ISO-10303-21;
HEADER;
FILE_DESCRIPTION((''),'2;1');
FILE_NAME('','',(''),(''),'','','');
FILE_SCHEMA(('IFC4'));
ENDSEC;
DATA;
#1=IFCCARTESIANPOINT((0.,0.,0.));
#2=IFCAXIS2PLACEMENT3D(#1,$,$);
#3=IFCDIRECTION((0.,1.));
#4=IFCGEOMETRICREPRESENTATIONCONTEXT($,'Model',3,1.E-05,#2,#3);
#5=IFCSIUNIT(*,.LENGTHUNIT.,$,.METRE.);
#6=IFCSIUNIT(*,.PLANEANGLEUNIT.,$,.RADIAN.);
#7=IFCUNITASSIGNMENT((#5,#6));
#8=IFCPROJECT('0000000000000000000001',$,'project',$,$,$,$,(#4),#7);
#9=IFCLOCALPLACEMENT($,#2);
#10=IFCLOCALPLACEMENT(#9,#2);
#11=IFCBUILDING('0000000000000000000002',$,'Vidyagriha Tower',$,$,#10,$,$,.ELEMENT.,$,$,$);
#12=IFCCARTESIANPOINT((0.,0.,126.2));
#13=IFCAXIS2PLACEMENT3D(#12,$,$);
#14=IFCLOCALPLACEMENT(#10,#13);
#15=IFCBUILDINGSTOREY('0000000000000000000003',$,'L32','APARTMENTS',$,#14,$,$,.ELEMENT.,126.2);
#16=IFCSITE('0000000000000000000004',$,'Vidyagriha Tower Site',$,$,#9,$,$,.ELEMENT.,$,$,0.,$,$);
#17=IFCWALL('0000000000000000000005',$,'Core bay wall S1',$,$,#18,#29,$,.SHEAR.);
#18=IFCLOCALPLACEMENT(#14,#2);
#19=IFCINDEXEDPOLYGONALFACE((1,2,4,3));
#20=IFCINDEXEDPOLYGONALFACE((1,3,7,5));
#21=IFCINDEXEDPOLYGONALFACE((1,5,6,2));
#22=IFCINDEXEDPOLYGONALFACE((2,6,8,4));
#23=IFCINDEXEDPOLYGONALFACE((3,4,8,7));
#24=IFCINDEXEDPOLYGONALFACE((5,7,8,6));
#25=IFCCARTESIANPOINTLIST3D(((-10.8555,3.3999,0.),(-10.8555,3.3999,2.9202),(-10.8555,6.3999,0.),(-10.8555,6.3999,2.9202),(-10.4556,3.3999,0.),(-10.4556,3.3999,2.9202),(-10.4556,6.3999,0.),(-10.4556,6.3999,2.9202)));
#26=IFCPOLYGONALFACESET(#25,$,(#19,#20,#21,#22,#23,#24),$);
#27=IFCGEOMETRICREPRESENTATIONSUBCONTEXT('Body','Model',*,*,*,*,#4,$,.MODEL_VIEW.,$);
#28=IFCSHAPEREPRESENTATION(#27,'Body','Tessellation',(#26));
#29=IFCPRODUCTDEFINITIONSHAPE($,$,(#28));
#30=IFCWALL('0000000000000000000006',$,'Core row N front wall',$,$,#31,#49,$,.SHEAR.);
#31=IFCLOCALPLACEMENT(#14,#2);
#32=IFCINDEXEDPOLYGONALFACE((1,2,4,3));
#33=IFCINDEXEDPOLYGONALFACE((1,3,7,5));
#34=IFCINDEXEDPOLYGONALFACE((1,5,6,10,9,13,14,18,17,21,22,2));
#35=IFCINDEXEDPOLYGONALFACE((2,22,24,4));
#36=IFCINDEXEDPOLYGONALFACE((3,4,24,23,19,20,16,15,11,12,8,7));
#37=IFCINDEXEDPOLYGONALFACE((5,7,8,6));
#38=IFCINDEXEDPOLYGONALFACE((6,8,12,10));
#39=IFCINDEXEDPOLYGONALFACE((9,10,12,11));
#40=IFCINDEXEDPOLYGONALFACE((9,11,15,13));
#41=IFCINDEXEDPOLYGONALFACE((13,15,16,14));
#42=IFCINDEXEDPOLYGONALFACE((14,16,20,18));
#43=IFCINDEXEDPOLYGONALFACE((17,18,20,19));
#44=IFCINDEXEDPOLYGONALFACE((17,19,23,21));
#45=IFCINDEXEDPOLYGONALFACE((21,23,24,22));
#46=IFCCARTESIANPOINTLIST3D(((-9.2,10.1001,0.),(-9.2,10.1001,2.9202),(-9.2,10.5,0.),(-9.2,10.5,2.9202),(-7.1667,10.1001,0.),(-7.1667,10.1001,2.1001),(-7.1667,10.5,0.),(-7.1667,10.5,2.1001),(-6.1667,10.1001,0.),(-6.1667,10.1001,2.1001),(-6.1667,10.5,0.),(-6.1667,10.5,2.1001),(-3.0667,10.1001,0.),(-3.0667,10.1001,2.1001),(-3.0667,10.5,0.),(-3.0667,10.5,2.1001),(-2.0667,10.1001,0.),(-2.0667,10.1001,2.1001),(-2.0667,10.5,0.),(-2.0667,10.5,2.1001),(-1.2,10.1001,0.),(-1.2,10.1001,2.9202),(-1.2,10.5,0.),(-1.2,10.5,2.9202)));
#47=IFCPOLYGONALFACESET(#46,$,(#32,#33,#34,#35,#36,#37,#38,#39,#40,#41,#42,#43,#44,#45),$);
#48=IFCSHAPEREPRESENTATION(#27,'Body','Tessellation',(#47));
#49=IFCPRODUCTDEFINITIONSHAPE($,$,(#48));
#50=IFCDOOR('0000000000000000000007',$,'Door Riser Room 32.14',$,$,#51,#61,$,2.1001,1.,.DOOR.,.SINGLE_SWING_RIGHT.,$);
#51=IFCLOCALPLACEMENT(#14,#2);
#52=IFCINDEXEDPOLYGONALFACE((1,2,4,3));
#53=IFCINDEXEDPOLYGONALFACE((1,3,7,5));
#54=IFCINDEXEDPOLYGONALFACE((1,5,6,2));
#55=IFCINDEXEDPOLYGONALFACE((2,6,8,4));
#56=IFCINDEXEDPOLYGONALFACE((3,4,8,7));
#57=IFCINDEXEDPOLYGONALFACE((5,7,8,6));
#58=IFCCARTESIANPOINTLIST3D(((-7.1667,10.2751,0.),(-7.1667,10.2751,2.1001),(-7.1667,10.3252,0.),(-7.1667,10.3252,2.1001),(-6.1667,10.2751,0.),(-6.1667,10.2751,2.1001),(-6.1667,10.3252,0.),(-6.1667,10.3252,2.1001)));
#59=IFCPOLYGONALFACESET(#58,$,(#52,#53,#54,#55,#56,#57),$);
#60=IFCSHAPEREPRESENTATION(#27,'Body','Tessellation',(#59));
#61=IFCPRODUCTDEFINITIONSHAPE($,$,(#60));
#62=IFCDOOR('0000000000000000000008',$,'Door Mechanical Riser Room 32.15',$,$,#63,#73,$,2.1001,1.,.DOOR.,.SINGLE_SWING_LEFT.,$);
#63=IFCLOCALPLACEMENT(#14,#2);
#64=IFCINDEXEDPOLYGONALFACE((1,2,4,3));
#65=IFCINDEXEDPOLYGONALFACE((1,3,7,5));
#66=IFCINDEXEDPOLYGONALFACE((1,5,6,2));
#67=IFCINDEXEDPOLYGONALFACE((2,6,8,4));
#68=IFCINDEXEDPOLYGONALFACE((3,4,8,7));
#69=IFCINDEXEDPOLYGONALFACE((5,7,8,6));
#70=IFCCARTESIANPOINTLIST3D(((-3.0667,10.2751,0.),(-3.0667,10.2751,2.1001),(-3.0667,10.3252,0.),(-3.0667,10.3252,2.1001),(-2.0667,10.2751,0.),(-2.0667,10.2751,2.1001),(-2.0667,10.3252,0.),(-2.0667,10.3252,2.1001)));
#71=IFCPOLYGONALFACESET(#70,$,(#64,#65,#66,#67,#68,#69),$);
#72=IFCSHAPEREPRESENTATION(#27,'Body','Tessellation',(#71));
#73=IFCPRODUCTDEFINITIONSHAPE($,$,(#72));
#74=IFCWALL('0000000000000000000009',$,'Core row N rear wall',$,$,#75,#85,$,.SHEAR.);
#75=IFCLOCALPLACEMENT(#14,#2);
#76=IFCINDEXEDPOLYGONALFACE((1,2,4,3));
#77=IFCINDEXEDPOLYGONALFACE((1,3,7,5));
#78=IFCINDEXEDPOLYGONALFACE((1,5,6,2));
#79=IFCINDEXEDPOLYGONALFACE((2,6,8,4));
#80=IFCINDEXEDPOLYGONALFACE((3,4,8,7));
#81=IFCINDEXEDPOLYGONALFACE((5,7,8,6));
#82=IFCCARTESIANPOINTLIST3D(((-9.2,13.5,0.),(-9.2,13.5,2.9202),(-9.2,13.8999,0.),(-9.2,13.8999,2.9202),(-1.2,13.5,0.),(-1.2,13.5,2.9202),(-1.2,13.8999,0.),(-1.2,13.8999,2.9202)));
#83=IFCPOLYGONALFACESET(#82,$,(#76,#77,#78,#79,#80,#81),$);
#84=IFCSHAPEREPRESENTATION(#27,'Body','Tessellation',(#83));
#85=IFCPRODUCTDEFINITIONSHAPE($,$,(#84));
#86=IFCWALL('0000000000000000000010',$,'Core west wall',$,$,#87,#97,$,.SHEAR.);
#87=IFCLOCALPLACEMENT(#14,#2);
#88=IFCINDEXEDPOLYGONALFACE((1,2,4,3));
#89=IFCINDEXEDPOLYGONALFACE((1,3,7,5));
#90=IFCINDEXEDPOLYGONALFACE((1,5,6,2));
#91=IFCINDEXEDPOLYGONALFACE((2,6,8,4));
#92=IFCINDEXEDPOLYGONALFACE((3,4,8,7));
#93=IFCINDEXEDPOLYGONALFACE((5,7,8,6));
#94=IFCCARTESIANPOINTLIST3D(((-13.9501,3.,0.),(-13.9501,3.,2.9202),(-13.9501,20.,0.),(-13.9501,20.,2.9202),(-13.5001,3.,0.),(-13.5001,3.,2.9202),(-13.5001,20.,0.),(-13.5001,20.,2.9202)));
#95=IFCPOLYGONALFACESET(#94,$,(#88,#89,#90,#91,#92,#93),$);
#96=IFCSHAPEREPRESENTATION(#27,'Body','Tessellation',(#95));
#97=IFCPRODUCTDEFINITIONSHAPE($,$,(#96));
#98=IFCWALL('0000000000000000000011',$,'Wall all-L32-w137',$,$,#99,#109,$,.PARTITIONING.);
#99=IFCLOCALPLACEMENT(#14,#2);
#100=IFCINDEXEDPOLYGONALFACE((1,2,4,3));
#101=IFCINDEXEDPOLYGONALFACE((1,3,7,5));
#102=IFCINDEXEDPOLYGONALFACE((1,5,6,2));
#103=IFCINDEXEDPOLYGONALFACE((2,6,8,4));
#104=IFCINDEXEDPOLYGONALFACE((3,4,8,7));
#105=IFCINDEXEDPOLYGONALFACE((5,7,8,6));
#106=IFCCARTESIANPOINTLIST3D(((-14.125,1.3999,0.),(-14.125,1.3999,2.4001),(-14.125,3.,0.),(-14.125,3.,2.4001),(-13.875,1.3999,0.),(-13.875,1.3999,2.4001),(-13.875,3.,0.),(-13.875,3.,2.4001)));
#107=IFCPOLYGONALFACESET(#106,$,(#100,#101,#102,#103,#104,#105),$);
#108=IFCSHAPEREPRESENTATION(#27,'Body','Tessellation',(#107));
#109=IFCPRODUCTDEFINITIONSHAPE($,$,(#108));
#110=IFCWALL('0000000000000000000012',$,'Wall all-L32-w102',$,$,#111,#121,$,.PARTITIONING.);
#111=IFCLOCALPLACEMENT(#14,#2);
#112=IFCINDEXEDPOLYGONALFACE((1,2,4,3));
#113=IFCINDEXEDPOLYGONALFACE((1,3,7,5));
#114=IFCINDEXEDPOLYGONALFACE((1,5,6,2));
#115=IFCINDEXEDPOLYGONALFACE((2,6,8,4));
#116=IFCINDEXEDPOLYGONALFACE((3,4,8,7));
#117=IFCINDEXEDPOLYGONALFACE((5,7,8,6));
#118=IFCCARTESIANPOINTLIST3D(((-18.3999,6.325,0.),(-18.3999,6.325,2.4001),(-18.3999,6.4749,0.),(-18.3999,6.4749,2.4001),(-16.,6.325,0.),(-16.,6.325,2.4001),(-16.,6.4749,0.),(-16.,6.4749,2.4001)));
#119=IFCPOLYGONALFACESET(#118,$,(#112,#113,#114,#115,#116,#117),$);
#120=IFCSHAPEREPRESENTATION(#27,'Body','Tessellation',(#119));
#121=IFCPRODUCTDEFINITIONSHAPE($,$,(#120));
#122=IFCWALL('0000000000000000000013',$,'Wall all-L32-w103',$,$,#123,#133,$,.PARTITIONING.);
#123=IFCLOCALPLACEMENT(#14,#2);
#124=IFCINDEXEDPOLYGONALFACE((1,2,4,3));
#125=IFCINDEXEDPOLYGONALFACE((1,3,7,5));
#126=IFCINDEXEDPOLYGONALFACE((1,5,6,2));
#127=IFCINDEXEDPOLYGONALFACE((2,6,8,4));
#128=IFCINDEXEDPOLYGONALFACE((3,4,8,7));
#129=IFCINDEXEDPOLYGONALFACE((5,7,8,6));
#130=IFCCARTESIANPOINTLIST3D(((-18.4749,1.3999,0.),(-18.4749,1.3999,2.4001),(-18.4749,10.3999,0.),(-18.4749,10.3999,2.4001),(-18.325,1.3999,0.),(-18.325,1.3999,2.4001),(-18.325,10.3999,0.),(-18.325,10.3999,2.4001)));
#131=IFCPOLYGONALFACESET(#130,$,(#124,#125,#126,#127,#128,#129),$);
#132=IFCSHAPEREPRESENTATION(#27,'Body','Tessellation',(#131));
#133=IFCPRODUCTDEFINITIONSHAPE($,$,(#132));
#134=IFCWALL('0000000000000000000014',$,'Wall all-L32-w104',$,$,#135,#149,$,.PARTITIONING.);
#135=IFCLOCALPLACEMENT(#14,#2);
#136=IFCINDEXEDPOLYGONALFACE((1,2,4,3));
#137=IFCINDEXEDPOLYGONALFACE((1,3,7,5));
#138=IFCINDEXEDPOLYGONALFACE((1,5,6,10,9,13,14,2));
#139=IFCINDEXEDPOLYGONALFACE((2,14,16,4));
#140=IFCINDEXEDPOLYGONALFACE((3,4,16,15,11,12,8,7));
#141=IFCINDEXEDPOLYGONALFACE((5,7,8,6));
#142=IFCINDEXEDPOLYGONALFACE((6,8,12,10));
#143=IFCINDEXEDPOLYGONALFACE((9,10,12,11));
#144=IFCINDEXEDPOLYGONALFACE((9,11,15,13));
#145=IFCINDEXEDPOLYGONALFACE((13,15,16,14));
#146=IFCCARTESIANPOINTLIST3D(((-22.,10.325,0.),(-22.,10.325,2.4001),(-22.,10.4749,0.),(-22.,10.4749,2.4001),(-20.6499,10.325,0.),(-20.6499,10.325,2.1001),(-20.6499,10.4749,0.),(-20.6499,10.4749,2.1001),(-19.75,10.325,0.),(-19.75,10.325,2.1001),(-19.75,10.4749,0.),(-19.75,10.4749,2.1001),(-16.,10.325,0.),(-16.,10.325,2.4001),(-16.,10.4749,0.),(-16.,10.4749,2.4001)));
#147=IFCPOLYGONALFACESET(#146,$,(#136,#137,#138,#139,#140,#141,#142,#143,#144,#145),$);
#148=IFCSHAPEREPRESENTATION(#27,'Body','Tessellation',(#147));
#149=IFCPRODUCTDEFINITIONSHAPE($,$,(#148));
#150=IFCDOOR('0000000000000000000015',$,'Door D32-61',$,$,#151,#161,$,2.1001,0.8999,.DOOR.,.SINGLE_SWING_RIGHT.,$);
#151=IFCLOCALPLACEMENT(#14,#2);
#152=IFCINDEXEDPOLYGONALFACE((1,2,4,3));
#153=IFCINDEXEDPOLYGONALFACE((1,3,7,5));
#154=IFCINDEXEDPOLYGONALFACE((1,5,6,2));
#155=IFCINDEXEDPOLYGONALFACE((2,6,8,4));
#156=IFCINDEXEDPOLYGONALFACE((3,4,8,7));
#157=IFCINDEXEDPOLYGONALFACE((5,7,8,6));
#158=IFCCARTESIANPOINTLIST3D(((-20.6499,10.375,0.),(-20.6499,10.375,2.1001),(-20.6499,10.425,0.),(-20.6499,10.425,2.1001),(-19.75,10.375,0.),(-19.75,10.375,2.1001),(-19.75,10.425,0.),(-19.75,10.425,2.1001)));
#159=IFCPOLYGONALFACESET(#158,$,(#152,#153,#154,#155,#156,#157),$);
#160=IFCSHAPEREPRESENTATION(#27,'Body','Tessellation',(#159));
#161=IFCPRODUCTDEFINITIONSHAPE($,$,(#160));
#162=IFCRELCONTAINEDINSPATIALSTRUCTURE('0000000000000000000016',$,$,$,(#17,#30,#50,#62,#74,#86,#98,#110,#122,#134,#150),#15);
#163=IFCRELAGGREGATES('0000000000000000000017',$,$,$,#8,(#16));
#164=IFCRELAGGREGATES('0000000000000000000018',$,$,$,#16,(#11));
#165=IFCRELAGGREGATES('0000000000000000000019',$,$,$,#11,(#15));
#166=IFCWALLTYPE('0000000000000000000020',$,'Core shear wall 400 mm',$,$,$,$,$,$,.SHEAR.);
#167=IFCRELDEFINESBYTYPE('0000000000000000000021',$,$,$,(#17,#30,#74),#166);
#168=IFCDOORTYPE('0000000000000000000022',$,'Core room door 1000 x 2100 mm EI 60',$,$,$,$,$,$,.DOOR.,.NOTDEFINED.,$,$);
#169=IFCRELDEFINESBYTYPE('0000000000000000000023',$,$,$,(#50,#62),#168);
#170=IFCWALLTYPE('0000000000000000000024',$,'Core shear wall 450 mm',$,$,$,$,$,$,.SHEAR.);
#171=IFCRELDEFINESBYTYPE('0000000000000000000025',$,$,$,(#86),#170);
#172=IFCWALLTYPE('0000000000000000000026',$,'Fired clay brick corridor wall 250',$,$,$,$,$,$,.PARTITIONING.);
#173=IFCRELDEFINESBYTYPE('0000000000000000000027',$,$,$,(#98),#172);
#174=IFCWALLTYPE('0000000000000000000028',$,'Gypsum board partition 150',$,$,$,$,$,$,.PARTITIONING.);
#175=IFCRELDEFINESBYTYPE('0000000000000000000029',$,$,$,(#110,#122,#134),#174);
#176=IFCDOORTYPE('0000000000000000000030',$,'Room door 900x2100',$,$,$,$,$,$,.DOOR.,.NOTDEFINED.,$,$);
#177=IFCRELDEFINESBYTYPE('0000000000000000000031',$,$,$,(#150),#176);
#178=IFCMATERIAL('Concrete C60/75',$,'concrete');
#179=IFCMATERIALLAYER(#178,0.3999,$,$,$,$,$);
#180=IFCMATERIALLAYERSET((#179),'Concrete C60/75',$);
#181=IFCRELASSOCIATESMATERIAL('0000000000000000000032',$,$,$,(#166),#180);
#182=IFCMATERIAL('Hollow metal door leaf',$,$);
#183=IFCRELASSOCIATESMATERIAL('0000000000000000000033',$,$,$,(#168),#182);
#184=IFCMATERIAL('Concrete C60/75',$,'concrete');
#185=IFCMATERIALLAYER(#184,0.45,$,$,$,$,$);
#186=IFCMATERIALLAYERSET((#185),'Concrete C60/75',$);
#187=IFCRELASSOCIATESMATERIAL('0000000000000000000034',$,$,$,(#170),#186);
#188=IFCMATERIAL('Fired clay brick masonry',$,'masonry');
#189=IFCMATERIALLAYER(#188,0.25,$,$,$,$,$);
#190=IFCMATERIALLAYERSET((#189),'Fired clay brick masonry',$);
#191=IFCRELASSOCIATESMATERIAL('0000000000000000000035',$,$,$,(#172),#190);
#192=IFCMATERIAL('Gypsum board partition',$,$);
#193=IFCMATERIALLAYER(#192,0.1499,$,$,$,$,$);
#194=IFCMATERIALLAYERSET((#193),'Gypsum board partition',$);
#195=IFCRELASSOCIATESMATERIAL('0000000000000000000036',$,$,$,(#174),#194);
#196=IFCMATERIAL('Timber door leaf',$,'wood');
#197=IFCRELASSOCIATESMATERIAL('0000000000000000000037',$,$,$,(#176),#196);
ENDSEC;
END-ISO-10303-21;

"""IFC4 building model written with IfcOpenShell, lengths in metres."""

from ifc_helpers import new_model, si_unit, direction, frame, frame_2d, origin, place, context, subcontext, project, spatial, rectangle, extrude, material, layer, layer_set, type_object, element, fill, save


model = new_model("IFC4")

# Units and contexts
model_context = context("Model", 3, precision=1e-05, world=origin(), true_north=direction((0.0, 1.0)))
body_context = subcontext(model_context, "Body", "Model", "MODEL_VIEW")
ifc_project = project(units=[si_unit("LENGTHUNIT", "METRE"), si_unit("PLANEANGLEUNIT", "RADIAN")], contexts=[model_context])

# Site, building, storey
site_placement = place(None, origin())
site = spatial("IfcSite", under=ifc_project, at=site_placement, Name="Vidyagriha Tower Site", CompositionType="ELEMENT", RefElevation=0.0)
building_placement = place(site_placement, origin())
building = spatial("IfcBuilding", under=site, at=building_placement, Name="Vidyagriha Tower", CompositionType="ELEMENT")
storey_placement = place(building_placement, frame((0.0, 0.0, 126.2)))
storey = spatial("IfcBuildingStorey", under=building, at=storey_placement, Name="L32", Description="APARTMENTS", CompositionType="ELEMENT", Elevation=126.2)

# Shared definitions
ifc_material_1 = material(Name="Concrete C60/75", Category="concrete")
ifc_layer_1 = layer(ifc_material_1, 0.3999)
ifc_layer_set_1 = layer_set([ifc_layer_1], Name="Concrete C60/75")
wall_type_1 = type_object("IfcWallType", Name="Core shear wall 400 mm", PredefinedType="SHEAR", material=ifc_layer_set_1)
ifc_material_2 = material(Name="Hollow metal door leaf")
door_type_1 = type_object("IfcDoorType", Name="Core room door 1000 x 2100 mm EI 60", OperationType="NOTDEFINED", PredefinedType="DOOR", material=ifc_material_2)

# Wall
wall_1_placement = place(storey_placement, frame((-10.6555, 3.3999, 0.0), z_axis=(0.0, 0.0, 1.0), x_axis=(0.0, 1.0, 0.0)))
element("IfcWall", 1, at=wall_1_placement, inside=storey, type_object=wall_type_1, Name="Core bay wall S1", PredefinedType="SHEAR", context=body_context, shape_type="SweptSolid", body=[
    extrude(rectangle(XDim=3.0, YDim=0.3999, at=frame_2d((1.5, 0.0))), origin(), (0.0, 0.0, 1.0), 2.9202),
])

# Wall, openings, doors
wall_2_placement = place(storey_placement, frame((-9.2, 10.3, 0.0)))
wall_2 = element("IfcWall", 2, at=wall_2_placement, inside=storey, type_object=wall_type_1, Name="Core row N front wall", PredefinedType="SHEAR", context=body_context, shape_type="SweptSolid", body=[
    extrude(rectangle(XDim=8.0, YDim=0.3999, at=frame_2d((4.0, 0.0))), origin(), (0.0, 0.0, 1.0), 2.9202),
])
opening_1_placement = place(wall_2_placement, frame((2.0332, 0.0, 0.0)))
opening_1 = element("IfcOpeningElement", 3, at=opening_1_placement, cuts=wall_2, PredefinedType="OPENING", context=body_context, shape_type="SweptSolid", body=[
    extrude(rectangle(XDim=1.0, YDim=2.1001, at=frame_2d((0.5, 1.05))), frame((0.0, 0.21, 0.0), z_axis=(0.0, -1.0, 0.0), x_axis=(1.0, 0.0, 0.0)), (0.0, 0.0, 1.0), 0.4199),
])
opening_2_placement = place(wall_2_placement, frame((6.1333, 0.0, 0.0)))
opening_2 = element("IfcOpeningElement", 4, at=opening_2_placement, cuts=wall_2, PredefinedType="OPENING", context=body_context, shape_type="SweptSolid", body=[
    extrude(rectangle(XDim=1.0, YDim=2.1001, at=frame_2d((0.5, 1.05))), frame((0.0, 0.21, 0.0), z_axis=(0.0, -1.0, 0.0), x_axis=(1.0, 0.0, 0.0)), (0.0, 0.0, 1.0), 0.4199),
])
door_1_placement = place(opening_1_placement, frame((1.0, 0.0, 0.0), z_axis=(0.0, 0.0, 1.0), x_axis=(-1.0, 0.0, 0.0)))
door_1 = element("IfcDoor", 5, at=door_1_placement, inside=storey, type_object=door_type_1, Name="Door Riser Room 32.14", OperationType="SINGLE_SWING_RIGHT", OverallHeight=2.1001, OverallWidth=1.0, PredefinedType="DOOR", context=body_context, shape_type="SweptSolid", body=[
    extrude(rectangle(XDim=1.0, YDim=2.1001, at=frame_2d((0.5, 1.05))), frame((0.0, 0.0249, 0.0), z_axis=(0.0, -1.0, 0.0), x_axis=(1.0, 0.0, 0.0)), (0.0, 0.0, 1.0), 0.05),
])
fill(opening_1, door_1)
door_2_placement = place(opening_2_placement, frame((1.0, 0.0, 0.0), z_axis=(0.0, 0.0, 1.0), x_axis=(-1.0, 0.0, 0.0)))
door_2 = element("IfcDoor", 6, at=door_2_placement, inside=storey, type_object=door_type_1, Name="Door Mechanical Riser Room 32.15", OperationType="SINGLE_SWING_LEFT", OverallHeight=2.1001, OverallWidth=1.0, PredefinedType="DOOR", context=body_context, shape_type="SweptSolid", body=[
    extrude(rectangle(XDim=1.0, YDim=2.1001, at=frame_2d((0.5, 1.05))), frame((0.0, 0.0249, 0.0), z_axis=(0.0, -1.0, 0.0), x_axis=(1.0, 0.0, 0.0)), (0.0, 0.0, 1.0), 0.05),
])
fill(opening_2, door_2)

# Walls
wall_3_placement = place(storey_placement, frame((-9.2, 13.7, 0.0)))
element("IfcWall", 7, at=wall_3_placement, inside=storey, type_object=wall_type_1, Name="Core row N rear wall", PredefinedType="SHEAR", context=body_context, shape_type="SweptSolid", body=[
    extrude(rectangle(XDim=8.0, YDim=0.3999, at=frame_2d((4.0, 0.0))), origin(), (0.0, 0.0, 1.0), 2.9202),
])
ifc_material_3 = material(Name="Concrete C60/75", Category="concrete")
ifc_layer_2 = layer(ifc_material_3, 0.45)
ifc_layer_set_2 = layer_set([ifc_layer_2], Name="Concrete C60/75")
wall_type_2 = type_object("IfcWallType", Name="Core shear wall 450 mm", PredefinedType="SHEAR", material=ifc_layer_set_2)
wall_4_placement = place(storey_placement, frame((-13.7251, 3.0, 0.0), z_axis=(0.0, 0.0, 1.0), x_axis=(0.0, 1.0, 0.0)))
element("IfcWall", 8, at=wall_4_placement, inside=storey, type_object=wall_type_2, Name="Core west wall", PredefinedType="SHEAR", context=body_context, shape_type="SweptSolid", body=[
    extrude(rectangle(XDim=17.0, YDim=0.45, at=frame_2d((8.5, 0.0))), origin(), (0.0, 0.0, 1.0), 2.9202),
])
ifc_material_4 = material(Name="Fired clay brick masonry", Category="masonry")
ifc_layer_3 = layer(ifc_material_4, 0.25)
ifc_layer_set_3 = layer_set([ifc_layer_3], Name="Fired clay brick masonry")
wall_type_3 = type_object("IfcWallType", Name="Fired clay brick corridor wall 250", PredefinedType="PARTITIONING", material=ifc_layer_set_3)
wall_5_placement = place(storey_placement, frame((-14.0, 3.0, 0.0), z_axis=(0.0, 0.0, 1.0), x_axis=(0.0, -1.0, 0.0)))
element("IfcWall", 9, at=wall_5_placement, inside=storey, type_object=wall_type_3, Name="Wall all-L32-w137", PredefinedType="PARTITIONING", context=body_context, shape_type="SweptSolid", body=[
    extrude(rectangle(XDim=1.6001, YDim=0.25, at=frame_2d((0.8, 0.0))), origin(), (0.0, 0.0, 1.0), 2.4001),
])
ifc_material_5 = material(Name="Gypsum board partition")
ifc_layer_4 = layer(ifc_material_5, 0.1499)
ifc_layer_set_4 = layer_set([ifc_layer_4], Name="Gypsum board partition")
wall_type_4 = type_object("IfcWallType", Name="Gypsum board partition 150", PredefinedType="PARTITIONING", material=ifc_layer_set_4)
wall_6_placement = place(storey_placement, frame((-18.3999, 6.3999, 0.0)))
element("IfcWall", 10, at=wall_6_placement, inside=storey, type_object=wall_type_4, Name="Wall all-L32-w102", PredefinedType="PARTITIONING", context=body_context, shape_type="SweptSolid", body=[
    extrude(rectangle(XDim=2.3999, YDim=0.1499, at=frame_2d((1.2, 0.0))), origin(), (0.0, 0.0, 1.0), 2.4001),
])
wall_7_placement = place(storey_placement, frame((-18.3999, 1.3999, 0.0), z_axis=(0.0, 0.0, 1.0), x_axis=(0.0, 1.0, 0.0)))
element("IfcWall", 11, at=wall_7_placement, inside=storey, type_object=wall_type_4, Name="Wall all-L32-w103", PredefinedType="PARTITIONING", context=body_context, shape_type="SweptSolid", body=[
    extrude(rectangle(XDim=9.0, YDim=0.1499, at=frame_2d((4.5, 0.0))), origin(), (0.0, 0.0, 1.0), 2.4001),
])

# Wall, opening, door
wall_8_placement = place(storey_placement, frame((-16.0, 10.3999, 0.0), z_axis=(0.0, 0.0, 1.0), x_axis=(-1.0, 0.0, 0.0)))
wall_8 = element("IfcWall", 12, at=wall_8_placement, inside=storey, type_object=wall_type_4, Name="Wall all-L32-w104", PredefinedType="PARTITIONING", context=body_context, shape_type="SweptSolid", body=[
    extrude(rectangle(XDim=6.0, YDim=0.1499, at=frame_2d((3.0, 0.0))), origin(), (0.0, 0.0, 1.0), 2.4001),
])
opening_3_placement = place(wall_8_placement, frame((3.75, 0.0, 0.0)))
opening_3 = element("IfcOpeningElement", 13, at=opening_3_placement, cuts=wall_8, PredefinedType="OPENING", context=body_context, shape_type="SweptSolid", body=[
    extrude(rectangle(XDim=0.8999, YDim=2.1001, at=frame_2d((0.45, 1.05))), frame((0.0, 0.085, 0.0), z_axis=(0.0, -1.0, 0.0), x_axis=(1.0, 0.0, 0.0)), (0.0, 0.0, 1.0), 0.1699),
])
ifc_material_6 = material(Name="Timber door leaf", Category="wood")
door_type_2 = type_object("IfcDoorType", Name="Room door 900x2100", OperationType="NOTDEFINED", PredefinedType="DOOR", material=ifc_material_6)
door_3_placement = place(opening_3_placement, origin())
door_3 = element("IfcDoor", 14, at=door_3_placement, inside=storey, type_object=door_type_2, Name="Door D32-61", OperationType="SINGLE_SWING_RIGHT", OverallHeight=2.1001, OverallWidth=0.8999, PredefinedType="DOOR", context=body_context, shape_type="SweptSolid", body=[
    extrude(rectangle(XDim=0.8999, YDim=2.1001, at=frame_2d((0.45, 1.05))), frame((0.0, 0.0249, 0.0), z_axis=(0.0, -1.0, 0.0), x_axis=(1.0, 0.0, 0.0)), (0.0, 0.0, 1.0), 0.05),
])
fill(opening_3, door_3)

save(model, "model.ifc")
